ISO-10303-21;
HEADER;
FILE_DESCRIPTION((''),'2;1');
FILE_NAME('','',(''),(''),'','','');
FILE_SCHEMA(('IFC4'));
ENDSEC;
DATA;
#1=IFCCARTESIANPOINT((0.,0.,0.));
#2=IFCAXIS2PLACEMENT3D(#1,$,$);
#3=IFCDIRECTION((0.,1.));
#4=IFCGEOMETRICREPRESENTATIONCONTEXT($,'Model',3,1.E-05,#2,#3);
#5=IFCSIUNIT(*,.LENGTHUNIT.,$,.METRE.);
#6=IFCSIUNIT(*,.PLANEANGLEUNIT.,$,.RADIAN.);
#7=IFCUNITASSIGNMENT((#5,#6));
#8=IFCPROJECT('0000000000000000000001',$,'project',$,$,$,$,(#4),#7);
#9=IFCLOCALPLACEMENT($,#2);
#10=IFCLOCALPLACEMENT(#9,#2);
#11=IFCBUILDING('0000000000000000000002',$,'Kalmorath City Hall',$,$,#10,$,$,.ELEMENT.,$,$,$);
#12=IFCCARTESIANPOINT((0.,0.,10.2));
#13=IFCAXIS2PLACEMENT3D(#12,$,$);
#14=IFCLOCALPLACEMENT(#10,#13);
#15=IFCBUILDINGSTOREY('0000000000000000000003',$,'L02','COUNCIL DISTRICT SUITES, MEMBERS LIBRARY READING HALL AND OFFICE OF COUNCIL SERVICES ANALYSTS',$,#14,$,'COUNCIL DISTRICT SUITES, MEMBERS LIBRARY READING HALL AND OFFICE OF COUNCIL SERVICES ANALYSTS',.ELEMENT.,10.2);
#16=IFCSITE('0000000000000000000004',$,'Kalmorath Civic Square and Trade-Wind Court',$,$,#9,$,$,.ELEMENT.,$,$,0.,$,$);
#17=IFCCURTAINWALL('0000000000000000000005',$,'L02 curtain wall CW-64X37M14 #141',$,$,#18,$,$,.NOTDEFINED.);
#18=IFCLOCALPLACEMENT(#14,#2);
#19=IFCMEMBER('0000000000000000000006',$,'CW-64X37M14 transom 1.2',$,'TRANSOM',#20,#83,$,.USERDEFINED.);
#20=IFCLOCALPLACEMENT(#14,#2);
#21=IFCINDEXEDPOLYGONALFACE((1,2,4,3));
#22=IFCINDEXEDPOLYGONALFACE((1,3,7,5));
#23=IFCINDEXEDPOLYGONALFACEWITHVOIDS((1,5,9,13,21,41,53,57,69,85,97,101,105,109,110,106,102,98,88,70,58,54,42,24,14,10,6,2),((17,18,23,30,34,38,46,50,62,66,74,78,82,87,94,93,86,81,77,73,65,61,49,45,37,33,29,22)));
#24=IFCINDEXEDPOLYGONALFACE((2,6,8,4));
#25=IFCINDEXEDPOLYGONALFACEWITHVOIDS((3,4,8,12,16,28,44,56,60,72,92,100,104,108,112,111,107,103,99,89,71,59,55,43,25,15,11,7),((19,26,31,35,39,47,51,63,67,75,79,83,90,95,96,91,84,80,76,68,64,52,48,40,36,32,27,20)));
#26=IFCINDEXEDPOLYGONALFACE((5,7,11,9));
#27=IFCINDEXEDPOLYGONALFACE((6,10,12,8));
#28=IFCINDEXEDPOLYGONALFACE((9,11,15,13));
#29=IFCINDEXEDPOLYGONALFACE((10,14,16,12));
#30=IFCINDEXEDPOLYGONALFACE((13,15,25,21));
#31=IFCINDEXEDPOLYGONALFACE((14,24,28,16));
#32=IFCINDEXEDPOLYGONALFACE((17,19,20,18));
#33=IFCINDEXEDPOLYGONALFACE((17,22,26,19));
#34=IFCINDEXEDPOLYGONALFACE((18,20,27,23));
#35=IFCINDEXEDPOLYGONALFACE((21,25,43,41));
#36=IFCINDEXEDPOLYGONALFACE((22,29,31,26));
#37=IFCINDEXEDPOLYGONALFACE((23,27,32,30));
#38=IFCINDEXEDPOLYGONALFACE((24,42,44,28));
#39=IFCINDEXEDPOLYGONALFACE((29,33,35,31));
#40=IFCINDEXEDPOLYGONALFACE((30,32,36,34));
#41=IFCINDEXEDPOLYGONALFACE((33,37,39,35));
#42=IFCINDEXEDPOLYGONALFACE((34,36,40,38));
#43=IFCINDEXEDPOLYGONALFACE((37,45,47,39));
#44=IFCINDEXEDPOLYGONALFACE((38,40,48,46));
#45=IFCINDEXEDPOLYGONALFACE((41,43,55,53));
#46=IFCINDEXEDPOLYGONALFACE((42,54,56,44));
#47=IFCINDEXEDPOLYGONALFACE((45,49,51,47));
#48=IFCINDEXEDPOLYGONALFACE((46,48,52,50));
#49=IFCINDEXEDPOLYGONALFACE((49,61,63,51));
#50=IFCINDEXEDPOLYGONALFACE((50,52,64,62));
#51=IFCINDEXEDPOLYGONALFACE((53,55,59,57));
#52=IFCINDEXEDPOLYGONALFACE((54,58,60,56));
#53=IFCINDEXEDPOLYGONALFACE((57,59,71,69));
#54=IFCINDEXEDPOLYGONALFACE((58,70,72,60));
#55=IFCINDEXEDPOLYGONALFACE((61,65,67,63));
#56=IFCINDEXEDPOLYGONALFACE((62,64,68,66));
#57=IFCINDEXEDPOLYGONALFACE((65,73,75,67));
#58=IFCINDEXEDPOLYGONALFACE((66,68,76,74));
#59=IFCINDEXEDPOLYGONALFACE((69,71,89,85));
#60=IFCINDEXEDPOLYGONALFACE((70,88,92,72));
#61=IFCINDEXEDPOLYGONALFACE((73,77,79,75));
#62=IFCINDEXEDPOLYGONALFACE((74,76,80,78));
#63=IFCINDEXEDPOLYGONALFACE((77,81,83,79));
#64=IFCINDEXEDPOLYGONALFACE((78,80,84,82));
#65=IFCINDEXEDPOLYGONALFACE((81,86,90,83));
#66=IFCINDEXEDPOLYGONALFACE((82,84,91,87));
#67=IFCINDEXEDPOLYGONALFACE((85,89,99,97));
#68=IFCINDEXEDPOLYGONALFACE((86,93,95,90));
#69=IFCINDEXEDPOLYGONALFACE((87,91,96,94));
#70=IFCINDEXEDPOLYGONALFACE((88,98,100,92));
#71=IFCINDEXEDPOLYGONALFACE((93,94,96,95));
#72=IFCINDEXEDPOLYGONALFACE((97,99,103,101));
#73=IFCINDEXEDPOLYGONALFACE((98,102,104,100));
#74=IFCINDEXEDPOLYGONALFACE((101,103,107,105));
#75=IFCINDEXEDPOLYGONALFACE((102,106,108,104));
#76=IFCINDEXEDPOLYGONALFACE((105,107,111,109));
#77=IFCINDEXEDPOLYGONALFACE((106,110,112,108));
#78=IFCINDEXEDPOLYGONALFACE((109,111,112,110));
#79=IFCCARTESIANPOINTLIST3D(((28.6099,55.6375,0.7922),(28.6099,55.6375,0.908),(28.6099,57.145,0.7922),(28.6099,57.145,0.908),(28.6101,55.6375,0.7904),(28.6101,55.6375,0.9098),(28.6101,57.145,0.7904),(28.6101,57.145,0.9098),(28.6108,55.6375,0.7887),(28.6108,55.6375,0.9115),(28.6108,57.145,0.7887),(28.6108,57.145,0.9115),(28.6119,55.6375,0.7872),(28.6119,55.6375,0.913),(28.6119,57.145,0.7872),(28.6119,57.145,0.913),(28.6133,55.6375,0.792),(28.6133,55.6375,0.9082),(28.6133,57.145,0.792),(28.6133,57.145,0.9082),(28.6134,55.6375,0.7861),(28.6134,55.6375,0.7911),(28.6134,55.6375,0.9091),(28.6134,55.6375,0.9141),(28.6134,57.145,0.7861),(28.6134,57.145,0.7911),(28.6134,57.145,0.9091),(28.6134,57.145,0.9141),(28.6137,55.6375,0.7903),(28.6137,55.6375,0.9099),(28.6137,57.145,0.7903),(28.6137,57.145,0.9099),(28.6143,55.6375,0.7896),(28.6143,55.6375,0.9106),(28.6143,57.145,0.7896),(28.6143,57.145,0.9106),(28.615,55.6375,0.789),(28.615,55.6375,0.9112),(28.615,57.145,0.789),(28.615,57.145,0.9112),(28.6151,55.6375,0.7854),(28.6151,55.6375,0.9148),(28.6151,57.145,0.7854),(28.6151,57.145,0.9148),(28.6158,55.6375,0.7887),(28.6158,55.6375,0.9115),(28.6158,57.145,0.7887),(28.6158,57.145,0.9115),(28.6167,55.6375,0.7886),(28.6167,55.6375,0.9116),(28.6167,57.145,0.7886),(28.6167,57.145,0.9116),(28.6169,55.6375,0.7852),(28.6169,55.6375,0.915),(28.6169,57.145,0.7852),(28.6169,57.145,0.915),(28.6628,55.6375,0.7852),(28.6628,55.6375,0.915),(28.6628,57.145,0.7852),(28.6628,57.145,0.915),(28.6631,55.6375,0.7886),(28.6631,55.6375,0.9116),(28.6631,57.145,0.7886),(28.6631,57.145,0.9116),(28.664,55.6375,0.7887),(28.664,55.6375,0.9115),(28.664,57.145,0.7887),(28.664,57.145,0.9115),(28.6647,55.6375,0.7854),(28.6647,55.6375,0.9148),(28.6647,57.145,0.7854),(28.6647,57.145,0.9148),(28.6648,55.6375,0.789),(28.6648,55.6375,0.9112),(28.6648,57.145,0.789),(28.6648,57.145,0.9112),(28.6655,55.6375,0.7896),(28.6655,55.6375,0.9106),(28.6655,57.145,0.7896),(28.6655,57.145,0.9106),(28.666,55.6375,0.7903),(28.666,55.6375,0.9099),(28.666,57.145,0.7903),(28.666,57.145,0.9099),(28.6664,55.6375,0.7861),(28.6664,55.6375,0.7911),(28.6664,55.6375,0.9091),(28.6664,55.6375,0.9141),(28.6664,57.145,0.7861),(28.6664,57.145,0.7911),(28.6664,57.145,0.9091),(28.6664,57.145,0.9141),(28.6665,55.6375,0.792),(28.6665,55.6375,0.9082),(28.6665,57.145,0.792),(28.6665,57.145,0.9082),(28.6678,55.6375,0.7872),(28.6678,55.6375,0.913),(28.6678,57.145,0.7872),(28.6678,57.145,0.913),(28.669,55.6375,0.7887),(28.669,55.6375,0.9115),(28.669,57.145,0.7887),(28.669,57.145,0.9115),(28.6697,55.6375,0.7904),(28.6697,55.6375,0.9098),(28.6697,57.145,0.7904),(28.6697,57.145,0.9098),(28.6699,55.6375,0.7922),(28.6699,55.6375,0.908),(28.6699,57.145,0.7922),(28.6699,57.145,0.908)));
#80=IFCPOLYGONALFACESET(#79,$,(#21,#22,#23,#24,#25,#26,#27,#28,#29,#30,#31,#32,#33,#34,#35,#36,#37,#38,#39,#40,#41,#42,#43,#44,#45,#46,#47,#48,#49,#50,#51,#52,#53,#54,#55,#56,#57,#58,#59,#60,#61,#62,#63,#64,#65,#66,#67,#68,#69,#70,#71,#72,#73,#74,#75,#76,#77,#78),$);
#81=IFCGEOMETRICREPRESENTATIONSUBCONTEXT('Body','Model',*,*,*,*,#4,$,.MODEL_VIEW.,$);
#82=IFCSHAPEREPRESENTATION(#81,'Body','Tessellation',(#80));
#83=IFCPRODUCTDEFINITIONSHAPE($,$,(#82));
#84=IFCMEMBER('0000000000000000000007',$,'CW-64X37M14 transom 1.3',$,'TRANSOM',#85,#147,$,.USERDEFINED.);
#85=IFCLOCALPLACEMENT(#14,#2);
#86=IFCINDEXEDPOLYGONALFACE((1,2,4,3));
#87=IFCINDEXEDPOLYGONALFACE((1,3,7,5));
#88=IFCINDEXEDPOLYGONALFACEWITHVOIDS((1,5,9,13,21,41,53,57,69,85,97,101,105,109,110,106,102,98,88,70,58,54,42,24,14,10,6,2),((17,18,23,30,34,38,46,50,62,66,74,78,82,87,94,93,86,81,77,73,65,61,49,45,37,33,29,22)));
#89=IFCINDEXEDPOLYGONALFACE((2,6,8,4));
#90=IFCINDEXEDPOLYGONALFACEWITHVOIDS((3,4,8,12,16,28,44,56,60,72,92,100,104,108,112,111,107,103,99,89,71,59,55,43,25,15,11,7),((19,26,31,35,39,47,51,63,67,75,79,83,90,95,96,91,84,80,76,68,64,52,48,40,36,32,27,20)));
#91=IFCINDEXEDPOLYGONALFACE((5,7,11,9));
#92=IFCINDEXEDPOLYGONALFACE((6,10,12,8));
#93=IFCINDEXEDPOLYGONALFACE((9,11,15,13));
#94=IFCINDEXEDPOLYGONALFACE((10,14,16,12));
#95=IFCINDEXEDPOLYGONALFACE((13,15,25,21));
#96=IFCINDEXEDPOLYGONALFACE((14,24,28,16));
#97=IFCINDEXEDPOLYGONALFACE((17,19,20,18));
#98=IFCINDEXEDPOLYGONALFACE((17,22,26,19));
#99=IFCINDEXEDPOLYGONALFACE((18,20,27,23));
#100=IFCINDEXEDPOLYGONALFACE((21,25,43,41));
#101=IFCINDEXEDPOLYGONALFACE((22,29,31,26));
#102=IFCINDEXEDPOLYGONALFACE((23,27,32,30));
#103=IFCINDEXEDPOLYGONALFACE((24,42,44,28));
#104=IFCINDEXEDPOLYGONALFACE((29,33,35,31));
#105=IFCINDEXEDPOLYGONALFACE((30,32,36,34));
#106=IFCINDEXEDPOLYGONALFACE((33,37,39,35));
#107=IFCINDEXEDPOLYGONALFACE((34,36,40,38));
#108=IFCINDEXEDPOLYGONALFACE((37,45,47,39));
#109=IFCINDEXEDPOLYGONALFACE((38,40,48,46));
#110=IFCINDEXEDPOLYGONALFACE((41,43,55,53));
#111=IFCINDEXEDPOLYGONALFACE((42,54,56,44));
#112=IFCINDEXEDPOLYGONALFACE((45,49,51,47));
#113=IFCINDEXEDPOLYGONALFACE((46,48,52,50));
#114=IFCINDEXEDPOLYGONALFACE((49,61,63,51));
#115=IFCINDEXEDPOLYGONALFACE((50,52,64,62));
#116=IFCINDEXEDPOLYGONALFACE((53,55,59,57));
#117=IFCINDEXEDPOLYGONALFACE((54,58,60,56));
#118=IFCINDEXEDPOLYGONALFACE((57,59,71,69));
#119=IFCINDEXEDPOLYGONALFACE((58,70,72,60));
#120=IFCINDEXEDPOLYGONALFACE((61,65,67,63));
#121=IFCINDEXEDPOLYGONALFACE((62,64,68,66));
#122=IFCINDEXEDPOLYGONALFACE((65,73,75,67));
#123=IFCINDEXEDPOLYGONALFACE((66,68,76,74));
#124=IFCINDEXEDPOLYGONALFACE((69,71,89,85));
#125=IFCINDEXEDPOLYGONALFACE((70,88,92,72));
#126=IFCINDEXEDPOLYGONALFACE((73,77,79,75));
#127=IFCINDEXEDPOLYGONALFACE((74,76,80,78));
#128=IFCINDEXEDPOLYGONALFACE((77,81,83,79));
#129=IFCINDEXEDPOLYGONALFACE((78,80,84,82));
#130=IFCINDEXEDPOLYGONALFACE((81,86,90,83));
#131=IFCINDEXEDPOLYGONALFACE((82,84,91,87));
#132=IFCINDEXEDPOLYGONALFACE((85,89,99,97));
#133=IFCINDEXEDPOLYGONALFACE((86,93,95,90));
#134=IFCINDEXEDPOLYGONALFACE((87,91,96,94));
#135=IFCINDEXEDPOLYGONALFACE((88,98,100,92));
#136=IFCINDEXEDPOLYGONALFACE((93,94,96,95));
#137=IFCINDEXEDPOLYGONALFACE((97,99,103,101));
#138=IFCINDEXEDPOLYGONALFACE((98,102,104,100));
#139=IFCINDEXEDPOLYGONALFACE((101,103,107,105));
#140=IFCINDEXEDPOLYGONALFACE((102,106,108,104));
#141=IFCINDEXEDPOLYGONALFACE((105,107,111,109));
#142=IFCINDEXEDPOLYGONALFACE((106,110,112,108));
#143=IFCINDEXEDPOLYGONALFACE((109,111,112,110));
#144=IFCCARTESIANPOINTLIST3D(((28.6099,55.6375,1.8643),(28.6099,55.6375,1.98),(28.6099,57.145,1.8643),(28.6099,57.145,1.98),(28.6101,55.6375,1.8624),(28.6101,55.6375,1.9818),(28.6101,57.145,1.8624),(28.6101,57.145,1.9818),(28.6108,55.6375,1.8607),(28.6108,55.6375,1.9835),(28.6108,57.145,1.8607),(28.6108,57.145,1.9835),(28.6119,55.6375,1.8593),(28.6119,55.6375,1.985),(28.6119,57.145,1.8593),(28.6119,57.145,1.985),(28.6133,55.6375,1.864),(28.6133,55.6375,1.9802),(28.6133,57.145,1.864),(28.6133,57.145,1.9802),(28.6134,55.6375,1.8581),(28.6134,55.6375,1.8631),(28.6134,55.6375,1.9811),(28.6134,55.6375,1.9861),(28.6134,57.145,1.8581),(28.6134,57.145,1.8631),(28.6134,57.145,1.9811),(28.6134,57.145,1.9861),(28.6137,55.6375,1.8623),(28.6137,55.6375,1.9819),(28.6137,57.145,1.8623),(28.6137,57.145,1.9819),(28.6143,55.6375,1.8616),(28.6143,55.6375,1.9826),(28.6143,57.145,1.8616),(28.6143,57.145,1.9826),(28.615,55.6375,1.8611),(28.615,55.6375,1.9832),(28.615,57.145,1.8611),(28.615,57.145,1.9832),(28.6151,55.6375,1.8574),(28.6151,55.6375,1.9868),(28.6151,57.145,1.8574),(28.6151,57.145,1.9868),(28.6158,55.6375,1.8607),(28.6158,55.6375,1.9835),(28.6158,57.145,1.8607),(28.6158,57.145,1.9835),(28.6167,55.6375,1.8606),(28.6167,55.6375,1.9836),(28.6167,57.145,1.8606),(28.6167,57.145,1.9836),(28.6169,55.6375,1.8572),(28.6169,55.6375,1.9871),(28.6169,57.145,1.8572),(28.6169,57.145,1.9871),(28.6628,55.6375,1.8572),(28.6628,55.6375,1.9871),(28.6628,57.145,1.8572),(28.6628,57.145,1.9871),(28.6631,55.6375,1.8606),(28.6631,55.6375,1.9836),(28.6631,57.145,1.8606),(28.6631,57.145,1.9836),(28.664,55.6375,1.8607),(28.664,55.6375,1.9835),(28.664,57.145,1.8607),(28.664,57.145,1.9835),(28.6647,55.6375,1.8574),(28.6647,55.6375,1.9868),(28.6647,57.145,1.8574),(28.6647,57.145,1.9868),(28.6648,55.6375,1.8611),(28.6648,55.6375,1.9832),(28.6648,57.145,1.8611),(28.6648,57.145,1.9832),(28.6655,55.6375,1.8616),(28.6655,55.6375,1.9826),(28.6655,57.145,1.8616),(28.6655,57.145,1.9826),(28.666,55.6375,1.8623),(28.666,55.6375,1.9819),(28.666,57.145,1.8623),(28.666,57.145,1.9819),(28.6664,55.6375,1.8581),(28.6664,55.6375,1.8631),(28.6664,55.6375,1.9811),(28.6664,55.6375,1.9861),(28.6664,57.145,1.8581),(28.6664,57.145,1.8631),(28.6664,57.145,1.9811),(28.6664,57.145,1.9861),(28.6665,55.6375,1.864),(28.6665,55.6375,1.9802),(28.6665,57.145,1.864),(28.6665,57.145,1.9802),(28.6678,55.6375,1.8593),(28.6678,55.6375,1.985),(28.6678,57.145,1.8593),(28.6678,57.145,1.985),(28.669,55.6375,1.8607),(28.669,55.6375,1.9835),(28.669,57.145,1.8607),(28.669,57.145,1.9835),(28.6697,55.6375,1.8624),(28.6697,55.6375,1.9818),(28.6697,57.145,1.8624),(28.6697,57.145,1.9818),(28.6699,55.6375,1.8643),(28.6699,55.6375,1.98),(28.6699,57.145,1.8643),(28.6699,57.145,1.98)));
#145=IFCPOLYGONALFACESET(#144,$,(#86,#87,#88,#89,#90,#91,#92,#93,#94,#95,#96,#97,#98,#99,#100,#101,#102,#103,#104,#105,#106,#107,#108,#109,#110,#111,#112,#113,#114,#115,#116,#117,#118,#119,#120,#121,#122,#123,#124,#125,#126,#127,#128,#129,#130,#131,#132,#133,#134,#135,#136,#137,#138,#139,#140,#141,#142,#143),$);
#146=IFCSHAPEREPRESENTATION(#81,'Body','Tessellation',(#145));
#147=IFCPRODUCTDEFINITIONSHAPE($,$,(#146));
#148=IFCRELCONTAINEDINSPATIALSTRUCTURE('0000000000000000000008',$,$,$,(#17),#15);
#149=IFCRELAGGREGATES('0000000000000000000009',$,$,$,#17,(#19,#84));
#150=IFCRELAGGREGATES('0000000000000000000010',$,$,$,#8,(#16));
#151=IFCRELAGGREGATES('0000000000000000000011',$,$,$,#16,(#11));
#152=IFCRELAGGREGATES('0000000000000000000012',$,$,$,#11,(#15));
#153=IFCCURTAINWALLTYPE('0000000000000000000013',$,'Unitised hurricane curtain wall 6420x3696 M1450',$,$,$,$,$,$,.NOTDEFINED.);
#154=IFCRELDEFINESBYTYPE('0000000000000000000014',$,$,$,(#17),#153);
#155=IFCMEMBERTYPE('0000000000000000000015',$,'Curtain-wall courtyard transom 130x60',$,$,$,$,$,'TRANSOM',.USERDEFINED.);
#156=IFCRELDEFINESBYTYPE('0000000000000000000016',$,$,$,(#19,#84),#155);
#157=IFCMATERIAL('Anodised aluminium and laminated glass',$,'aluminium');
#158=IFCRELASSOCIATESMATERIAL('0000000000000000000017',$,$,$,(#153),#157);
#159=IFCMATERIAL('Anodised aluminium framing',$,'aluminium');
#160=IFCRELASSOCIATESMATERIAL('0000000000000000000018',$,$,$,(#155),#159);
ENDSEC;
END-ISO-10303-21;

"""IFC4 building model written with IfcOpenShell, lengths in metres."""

from ifc_helpers import new_model, si_unit, direction, frame, origin, origin_2d, place, context, subcontext, project, spatial, hollow_rectangle, extrude, material, material_profile, profile_set, type_object, element, aggregate, save


model = new_model("IFC4")

# Units and contexts
model_context = context("Model", 3, precision=1e-05, world=origin(), true_north=direction((0.0, 1.0)))
body_context = subcontext(model_context, "Body", "Model", "MODEL_VIEW")
ifc_project = project(units=[si_unit("LENGTHUNIT", "METRE"), si_unit("PLANEANGLEUNIT", "RADIAN")], contexts=[model_context])

# Site, building, storey
site_placement = place(None, origin())
site = spatial("IfcSite", under=ifc_project, at=site_placement, Name="Kalmorath Civic Square and Trade-Wind Court", CompositionType="ELEMENT", RefElevation=0.0)
building_placement = place(site_placement, origin())
building = spatial("IfcBuilding", under=site, at=building_placement, Name="Kalmorath City Hall", CompositionType="ELEMENT")
storey_placement = place(building_placement, frame((0.0, 0.0, 10.2)))
storey = spatial("IfcBuildingStorey", under=building, at=storey_placement, Name="L02", Description="COUNCIL DISTRICT SUITES, MEMBERS LIBRARY READING HALL AND OFFICE OF COUNCIL SERVICES ANALYSTS", LongName="COUNCIL DISTRICT SUITES, MEMBERS LIBRARY READING HALL AND OFFICE OF COUNCIL SERVICES ANALYSTS", CompositionType="ELEMENT", Elevation=10.2)

# Curtain wall, members
ifc_material_1 = material(Name="Anodised aluminium and laminated glass", Category="aluminium")
curtain_wall_type = type_object("IfcCurtainWallType", Name="Unitised hurricane curtain wall 6420x3696 M1450", PredefinedType="NOTDEFINED", material=ifc_material_1)
curtain_wall_placement = place(storey_placement, origin())
curtain_wall = element("IfcCurtainWall", 1, at=curtain_wall_placement, inside=storey, type_object=curtain_wall_type, Name="L02 curtain wall CW-64X37M14 #141", PredefinedType="NOTDEFINED")
ifc_material_2 = material(Name="Anodised aluminium framing", Category="aluminium")
ifc_material_profile_1 = material_profile(ifc_material_2, hollow_rectangle(XDim=0.0601, YDim=0.1299, WallThickness=0.0034, InnerFilletRadius=0.0034, OuterFilletRadius=0.0071, at=origin_2d()), Name="ALU-TRN-130X60X3.5")
ifc_profile_set_1 = profile_set([ifc_material_profile_1], Name="Anodised aluminium framing")
member_type_1 = type_object("IfcMemberType", Name="Curtain-wall courtyard transom 130x60", ElementType="TRANSOM", PredefinedType="USERDEFINED", material=ifc_profile_set_1)
member_1_placement = place(storey_placement, frame((28.6399, 57.145, 0.8501), z_axis=(0.0, -1.0, 0.0), x_axis=(1.0, 0.0, 0.0)))
member_1 = element("IfcMember", 2, at=member_1_placement, type_object=member_type_1, Name="CW-64X37M14 transom 1.2", ObjectType="TRANSOM", PredefinedType="USERDEFINED", context=body_context, shape_type="SweptSolid", body=[
    extrude(hollow_rectangle(XDim=0.0601, YDim=0.1299, WallThickness=0.0034, InnerFilletRadius=0.0034, OuterFilletRadius=0.0071, at=origin_2d()), origin(), (0.0, 0.0, 1.0), 1.5076),
])
member_2_placement = place(storey_placement, frame((28.6399, 57.145, 1.9221), z_axis=(0.0, -1.0, 0.0), x_axis=(1.0, 0.0, 0.0)))
member_2 = element("IfcMember", 3, at=member_2_placement, type_object=member_type_1, Name="CW-64X37M14 transom 1.3", ObjectType="TRANSOM", PredefinedType="USERDEFINED", context=body_context, shape_type="SweptSolid", body=[
    extrude(hollow_rectangle(XDim=0.0601, YDim=0.1299, WallThickness=0.0034, InnerFilletRadius=0.0034, OuterFilletRadius=0.0071, at=origin_2d()), origin(), (0.0, 0.0, 1.0), 1.5076),
])
aggregate(curtain_wall, [member_1, member_2])

save(model, "model.ifc")
